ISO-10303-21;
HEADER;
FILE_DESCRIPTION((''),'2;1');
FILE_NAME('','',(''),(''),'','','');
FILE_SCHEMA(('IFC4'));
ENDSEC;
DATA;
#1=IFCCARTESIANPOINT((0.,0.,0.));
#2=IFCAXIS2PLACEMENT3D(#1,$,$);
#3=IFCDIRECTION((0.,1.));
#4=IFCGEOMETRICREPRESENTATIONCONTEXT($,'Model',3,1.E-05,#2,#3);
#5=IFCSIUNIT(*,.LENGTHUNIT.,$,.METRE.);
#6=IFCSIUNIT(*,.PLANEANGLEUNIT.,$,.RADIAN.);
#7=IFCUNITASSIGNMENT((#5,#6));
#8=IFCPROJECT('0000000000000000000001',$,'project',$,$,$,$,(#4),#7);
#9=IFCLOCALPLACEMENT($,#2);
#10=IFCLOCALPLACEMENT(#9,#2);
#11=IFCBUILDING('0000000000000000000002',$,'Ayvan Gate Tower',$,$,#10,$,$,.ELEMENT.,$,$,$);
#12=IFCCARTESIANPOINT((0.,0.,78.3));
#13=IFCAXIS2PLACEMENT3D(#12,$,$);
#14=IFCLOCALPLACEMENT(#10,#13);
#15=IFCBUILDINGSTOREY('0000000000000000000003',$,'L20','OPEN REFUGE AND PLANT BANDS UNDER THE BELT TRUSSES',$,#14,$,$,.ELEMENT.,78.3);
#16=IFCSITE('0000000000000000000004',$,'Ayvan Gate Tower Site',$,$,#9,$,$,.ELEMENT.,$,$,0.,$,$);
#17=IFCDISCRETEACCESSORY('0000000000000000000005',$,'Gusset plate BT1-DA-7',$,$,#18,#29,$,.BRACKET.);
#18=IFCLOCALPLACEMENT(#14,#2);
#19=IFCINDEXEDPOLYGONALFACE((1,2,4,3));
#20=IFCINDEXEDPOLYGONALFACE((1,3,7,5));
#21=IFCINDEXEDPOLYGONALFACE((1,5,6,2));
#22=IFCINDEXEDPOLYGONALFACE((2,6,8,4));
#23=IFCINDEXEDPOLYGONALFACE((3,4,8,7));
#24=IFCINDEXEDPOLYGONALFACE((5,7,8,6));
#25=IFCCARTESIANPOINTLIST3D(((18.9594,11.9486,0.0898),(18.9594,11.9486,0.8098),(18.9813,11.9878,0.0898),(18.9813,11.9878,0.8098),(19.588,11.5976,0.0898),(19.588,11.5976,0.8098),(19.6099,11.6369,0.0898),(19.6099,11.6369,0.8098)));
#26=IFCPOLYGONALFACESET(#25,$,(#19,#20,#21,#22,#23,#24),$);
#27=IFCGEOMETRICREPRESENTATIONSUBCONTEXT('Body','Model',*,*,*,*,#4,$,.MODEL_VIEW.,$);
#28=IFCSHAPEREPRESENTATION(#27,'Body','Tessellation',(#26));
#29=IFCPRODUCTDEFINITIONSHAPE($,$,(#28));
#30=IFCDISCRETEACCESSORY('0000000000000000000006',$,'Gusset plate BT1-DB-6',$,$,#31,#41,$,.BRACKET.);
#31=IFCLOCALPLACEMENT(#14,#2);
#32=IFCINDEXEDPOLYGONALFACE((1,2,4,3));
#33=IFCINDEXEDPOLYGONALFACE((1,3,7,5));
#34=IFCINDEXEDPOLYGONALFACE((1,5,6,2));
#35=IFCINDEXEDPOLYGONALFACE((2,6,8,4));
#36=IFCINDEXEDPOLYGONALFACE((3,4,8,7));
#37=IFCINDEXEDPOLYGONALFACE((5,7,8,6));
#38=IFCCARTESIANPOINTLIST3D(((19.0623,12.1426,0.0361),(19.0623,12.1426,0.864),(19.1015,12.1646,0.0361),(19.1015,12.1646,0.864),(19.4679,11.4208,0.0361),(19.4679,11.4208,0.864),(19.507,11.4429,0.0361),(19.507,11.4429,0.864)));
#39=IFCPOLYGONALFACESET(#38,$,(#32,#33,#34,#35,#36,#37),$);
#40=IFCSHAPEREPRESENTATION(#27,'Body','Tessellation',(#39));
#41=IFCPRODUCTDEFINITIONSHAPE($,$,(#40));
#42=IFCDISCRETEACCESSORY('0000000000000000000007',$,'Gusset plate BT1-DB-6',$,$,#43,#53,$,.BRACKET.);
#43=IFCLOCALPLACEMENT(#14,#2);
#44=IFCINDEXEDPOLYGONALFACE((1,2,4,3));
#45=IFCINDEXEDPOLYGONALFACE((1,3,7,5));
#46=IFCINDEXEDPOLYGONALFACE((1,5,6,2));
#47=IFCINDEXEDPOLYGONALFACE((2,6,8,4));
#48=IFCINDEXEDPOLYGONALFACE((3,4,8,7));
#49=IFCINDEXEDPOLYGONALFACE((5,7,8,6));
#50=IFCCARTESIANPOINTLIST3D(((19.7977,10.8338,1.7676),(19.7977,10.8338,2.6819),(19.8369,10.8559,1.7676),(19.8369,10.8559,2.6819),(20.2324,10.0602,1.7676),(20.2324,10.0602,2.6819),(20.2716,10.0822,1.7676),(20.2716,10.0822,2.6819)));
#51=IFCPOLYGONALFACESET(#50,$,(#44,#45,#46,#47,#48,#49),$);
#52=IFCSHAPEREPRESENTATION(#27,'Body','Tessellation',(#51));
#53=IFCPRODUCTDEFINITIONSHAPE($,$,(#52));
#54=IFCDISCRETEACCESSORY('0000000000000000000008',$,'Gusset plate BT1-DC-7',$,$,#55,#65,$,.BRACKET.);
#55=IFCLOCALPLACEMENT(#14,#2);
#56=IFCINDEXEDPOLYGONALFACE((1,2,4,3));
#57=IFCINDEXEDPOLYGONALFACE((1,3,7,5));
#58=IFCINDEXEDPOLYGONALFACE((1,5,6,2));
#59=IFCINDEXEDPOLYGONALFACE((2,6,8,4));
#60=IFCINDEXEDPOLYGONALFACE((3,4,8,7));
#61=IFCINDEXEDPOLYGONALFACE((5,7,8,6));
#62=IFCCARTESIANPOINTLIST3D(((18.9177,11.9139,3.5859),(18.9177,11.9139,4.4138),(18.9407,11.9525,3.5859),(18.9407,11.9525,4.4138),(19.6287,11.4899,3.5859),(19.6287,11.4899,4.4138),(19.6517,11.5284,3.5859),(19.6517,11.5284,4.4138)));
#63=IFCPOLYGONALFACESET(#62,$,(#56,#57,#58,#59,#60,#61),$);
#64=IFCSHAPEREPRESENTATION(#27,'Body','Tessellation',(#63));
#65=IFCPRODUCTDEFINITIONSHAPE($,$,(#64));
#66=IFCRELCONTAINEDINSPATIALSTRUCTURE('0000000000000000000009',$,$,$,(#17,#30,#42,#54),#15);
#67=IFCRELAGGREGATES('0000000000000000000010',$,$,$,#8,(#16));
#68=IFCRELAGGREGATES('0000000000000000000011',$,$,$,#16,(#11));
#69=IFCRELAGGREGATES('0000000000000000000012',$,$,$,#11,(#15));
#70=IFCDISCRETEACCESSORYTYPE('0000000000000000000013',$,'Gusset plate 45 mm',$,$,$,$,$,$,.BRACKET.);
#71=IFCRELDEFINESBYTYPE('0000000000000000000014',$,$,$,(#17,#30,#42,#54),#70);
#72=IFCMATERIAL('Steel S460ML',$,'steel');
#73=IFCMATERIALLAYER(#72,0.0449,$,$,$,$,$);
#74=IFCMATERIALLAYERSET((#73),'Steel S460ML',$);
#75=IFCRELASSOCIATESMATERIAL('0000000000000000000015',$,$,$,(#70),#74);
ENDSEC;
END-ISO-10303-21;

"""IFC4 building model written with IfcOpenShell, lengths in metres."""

from ifc_helpers import new_model, si_unit, direction, frame, origin, origin_2d, place, context, subcontext, project, spatial, rectangle, extrude, material, layer, layer_set, type_object, element, save


model = new_model("IFC4")

# Units and contexts
model_context = context("Model", 3, precision=1e-05, world=origin(), true_north=direction((0.0, 1.0)))
body_context = subcontext(model_context, "Body", "Model", "MODEL_VIEW")
ifc_project = project(units=[si_unit("LENGTHUNIT", "METRE"), si_unit("PLANEANGLEUNIT", "RADIAN")], contexts=[model_context])

# Site, building, storey
site_placement = place(None, origin())
site = spatial("IfcSite", under=ifc_project, at=site_placement, Name="Ayvan Gate Tower Site", CompositionType="ELEMENT", RefElevation=0.0)
building_placement = place(site_placement, origin())
building = spatial("IfcBuilding", under=site, at=building_placement, Name="Ayvan Gate Tower", CompositionType="ELEMENT")
storey_placement = place(building_placement, frame((0.0, 0.0, 78.3)))
storey = spatial("IfcBuildingStorey", under=building, at=storey_placement, Name="L20", Description="OPEN REFUGE AND PLANT BANDS UNDER THE BELT TRUSSES", CompositionType="ELEMENT", Elevation=78.3)

# Shared definitions
ifc_material_1 = material(Name="Steel S460ML", Category="steel")

# Discrete accessories
ifc_layer_1 = layer(ifc_material_1, 0.0449)
ifc_layer_set_1 = layer_set([ifc_layer_1], Name="Steel S460ML")
discrete_accessory_type = type_object("IfcDiscreteAccessoryType", Name="Gusset plate 45 mm", PredefinedType="BRACKET", material=ifc_layer_set_1)
for number, where, z_axis, x_axis, name in (
    (1, (19.2847, 11.7927, 0.0898), (0.0, 0.0, 1.0), (-0.873139, 0.487471, 0.0), "Gusset plate BT1-DA-7"),
):
    element("IfcDiscreteAccessory", number, at=place(storey_placement, frame(where, z_axis=z_axis, x_axis=x_axis)), inside=storey, type_object=discrete_accessory_type, Name=name, PredefinedType="BRACKET", context=body_context, shape_type="SweptSolid", body=[
        extrude(rectangle(XDim=0.72, YDim=0.0449, at=origin_2d()), origin(), (0.0, 0.0, 1.0), 0.72),
    ])
discrete_accessory_1_placement = place(storey_placement, frame((19.2847, 11.7927, 0.0361), z_axis=(0.0, 0.0, 1.0), x_axis=(-0.489848, 0.871808, 0.0)))
element("IfcDiscreteAccessory", 2, at=discrete_accessory_1_placement, inside=storey, type_object=discrete_accessory_type, Name="Gusset plate BT1-DB-6", PredefinedType="BRACKET", context=body_context, shape_type="SweptSolid", body=[
    extrude(rectangle(XDim=0.8279, YDim=0.0449, at=origin_2d()), origin(), (0.0, 0.0, 1.0), 0.8279),
])
discrete_accessory_2_placement = place(storey_placement, frame((20.0347, 10.458, 1.7676), z_axis=(0.0, 0.0, 1.0), x_axis=(-0.489848, 0.871808, 0.0)))
element("IfcDiscreteAccessory", 3, at=discrete_accessory_2_placement, inside=storey, type_object=discrete_accessory_type, Name="Gusset plate BT1-DB-6", PredefinedType="BRACKET", context=body_context, shape_type="SweptSolid", body=[
    extrude(rectangle(XDim=0.8875, YDim=0.0449, at=origin_2d()), origin(), (0.0, 0.0, 1.0), 0.9143),
])
discrete_accessory_3_placement = place(storey_placement, frame((19.2847, 11.7212, 3.5859), z_axis=(0.0, 0.0, 1.0), x_axis=(-0.858828, 0.512263, 0.0)))
element("IfcDiscreteAccessory", 4, at=discrete_accessory_3_placement, inside=storey, type_object=discrete_accessory_type, Name="Gusset plate BT1-DC-7", PredefinedType="BRACKET", context=body_context, shape_type="SweptSolid", body=[
    extrude(rectangle(XDim=0.8279, YDim=0.0449, at=origin_2d()), origin(), (0.0, 0.0, 1.0), 0.8279),
])

save(model, "model.ifc")
